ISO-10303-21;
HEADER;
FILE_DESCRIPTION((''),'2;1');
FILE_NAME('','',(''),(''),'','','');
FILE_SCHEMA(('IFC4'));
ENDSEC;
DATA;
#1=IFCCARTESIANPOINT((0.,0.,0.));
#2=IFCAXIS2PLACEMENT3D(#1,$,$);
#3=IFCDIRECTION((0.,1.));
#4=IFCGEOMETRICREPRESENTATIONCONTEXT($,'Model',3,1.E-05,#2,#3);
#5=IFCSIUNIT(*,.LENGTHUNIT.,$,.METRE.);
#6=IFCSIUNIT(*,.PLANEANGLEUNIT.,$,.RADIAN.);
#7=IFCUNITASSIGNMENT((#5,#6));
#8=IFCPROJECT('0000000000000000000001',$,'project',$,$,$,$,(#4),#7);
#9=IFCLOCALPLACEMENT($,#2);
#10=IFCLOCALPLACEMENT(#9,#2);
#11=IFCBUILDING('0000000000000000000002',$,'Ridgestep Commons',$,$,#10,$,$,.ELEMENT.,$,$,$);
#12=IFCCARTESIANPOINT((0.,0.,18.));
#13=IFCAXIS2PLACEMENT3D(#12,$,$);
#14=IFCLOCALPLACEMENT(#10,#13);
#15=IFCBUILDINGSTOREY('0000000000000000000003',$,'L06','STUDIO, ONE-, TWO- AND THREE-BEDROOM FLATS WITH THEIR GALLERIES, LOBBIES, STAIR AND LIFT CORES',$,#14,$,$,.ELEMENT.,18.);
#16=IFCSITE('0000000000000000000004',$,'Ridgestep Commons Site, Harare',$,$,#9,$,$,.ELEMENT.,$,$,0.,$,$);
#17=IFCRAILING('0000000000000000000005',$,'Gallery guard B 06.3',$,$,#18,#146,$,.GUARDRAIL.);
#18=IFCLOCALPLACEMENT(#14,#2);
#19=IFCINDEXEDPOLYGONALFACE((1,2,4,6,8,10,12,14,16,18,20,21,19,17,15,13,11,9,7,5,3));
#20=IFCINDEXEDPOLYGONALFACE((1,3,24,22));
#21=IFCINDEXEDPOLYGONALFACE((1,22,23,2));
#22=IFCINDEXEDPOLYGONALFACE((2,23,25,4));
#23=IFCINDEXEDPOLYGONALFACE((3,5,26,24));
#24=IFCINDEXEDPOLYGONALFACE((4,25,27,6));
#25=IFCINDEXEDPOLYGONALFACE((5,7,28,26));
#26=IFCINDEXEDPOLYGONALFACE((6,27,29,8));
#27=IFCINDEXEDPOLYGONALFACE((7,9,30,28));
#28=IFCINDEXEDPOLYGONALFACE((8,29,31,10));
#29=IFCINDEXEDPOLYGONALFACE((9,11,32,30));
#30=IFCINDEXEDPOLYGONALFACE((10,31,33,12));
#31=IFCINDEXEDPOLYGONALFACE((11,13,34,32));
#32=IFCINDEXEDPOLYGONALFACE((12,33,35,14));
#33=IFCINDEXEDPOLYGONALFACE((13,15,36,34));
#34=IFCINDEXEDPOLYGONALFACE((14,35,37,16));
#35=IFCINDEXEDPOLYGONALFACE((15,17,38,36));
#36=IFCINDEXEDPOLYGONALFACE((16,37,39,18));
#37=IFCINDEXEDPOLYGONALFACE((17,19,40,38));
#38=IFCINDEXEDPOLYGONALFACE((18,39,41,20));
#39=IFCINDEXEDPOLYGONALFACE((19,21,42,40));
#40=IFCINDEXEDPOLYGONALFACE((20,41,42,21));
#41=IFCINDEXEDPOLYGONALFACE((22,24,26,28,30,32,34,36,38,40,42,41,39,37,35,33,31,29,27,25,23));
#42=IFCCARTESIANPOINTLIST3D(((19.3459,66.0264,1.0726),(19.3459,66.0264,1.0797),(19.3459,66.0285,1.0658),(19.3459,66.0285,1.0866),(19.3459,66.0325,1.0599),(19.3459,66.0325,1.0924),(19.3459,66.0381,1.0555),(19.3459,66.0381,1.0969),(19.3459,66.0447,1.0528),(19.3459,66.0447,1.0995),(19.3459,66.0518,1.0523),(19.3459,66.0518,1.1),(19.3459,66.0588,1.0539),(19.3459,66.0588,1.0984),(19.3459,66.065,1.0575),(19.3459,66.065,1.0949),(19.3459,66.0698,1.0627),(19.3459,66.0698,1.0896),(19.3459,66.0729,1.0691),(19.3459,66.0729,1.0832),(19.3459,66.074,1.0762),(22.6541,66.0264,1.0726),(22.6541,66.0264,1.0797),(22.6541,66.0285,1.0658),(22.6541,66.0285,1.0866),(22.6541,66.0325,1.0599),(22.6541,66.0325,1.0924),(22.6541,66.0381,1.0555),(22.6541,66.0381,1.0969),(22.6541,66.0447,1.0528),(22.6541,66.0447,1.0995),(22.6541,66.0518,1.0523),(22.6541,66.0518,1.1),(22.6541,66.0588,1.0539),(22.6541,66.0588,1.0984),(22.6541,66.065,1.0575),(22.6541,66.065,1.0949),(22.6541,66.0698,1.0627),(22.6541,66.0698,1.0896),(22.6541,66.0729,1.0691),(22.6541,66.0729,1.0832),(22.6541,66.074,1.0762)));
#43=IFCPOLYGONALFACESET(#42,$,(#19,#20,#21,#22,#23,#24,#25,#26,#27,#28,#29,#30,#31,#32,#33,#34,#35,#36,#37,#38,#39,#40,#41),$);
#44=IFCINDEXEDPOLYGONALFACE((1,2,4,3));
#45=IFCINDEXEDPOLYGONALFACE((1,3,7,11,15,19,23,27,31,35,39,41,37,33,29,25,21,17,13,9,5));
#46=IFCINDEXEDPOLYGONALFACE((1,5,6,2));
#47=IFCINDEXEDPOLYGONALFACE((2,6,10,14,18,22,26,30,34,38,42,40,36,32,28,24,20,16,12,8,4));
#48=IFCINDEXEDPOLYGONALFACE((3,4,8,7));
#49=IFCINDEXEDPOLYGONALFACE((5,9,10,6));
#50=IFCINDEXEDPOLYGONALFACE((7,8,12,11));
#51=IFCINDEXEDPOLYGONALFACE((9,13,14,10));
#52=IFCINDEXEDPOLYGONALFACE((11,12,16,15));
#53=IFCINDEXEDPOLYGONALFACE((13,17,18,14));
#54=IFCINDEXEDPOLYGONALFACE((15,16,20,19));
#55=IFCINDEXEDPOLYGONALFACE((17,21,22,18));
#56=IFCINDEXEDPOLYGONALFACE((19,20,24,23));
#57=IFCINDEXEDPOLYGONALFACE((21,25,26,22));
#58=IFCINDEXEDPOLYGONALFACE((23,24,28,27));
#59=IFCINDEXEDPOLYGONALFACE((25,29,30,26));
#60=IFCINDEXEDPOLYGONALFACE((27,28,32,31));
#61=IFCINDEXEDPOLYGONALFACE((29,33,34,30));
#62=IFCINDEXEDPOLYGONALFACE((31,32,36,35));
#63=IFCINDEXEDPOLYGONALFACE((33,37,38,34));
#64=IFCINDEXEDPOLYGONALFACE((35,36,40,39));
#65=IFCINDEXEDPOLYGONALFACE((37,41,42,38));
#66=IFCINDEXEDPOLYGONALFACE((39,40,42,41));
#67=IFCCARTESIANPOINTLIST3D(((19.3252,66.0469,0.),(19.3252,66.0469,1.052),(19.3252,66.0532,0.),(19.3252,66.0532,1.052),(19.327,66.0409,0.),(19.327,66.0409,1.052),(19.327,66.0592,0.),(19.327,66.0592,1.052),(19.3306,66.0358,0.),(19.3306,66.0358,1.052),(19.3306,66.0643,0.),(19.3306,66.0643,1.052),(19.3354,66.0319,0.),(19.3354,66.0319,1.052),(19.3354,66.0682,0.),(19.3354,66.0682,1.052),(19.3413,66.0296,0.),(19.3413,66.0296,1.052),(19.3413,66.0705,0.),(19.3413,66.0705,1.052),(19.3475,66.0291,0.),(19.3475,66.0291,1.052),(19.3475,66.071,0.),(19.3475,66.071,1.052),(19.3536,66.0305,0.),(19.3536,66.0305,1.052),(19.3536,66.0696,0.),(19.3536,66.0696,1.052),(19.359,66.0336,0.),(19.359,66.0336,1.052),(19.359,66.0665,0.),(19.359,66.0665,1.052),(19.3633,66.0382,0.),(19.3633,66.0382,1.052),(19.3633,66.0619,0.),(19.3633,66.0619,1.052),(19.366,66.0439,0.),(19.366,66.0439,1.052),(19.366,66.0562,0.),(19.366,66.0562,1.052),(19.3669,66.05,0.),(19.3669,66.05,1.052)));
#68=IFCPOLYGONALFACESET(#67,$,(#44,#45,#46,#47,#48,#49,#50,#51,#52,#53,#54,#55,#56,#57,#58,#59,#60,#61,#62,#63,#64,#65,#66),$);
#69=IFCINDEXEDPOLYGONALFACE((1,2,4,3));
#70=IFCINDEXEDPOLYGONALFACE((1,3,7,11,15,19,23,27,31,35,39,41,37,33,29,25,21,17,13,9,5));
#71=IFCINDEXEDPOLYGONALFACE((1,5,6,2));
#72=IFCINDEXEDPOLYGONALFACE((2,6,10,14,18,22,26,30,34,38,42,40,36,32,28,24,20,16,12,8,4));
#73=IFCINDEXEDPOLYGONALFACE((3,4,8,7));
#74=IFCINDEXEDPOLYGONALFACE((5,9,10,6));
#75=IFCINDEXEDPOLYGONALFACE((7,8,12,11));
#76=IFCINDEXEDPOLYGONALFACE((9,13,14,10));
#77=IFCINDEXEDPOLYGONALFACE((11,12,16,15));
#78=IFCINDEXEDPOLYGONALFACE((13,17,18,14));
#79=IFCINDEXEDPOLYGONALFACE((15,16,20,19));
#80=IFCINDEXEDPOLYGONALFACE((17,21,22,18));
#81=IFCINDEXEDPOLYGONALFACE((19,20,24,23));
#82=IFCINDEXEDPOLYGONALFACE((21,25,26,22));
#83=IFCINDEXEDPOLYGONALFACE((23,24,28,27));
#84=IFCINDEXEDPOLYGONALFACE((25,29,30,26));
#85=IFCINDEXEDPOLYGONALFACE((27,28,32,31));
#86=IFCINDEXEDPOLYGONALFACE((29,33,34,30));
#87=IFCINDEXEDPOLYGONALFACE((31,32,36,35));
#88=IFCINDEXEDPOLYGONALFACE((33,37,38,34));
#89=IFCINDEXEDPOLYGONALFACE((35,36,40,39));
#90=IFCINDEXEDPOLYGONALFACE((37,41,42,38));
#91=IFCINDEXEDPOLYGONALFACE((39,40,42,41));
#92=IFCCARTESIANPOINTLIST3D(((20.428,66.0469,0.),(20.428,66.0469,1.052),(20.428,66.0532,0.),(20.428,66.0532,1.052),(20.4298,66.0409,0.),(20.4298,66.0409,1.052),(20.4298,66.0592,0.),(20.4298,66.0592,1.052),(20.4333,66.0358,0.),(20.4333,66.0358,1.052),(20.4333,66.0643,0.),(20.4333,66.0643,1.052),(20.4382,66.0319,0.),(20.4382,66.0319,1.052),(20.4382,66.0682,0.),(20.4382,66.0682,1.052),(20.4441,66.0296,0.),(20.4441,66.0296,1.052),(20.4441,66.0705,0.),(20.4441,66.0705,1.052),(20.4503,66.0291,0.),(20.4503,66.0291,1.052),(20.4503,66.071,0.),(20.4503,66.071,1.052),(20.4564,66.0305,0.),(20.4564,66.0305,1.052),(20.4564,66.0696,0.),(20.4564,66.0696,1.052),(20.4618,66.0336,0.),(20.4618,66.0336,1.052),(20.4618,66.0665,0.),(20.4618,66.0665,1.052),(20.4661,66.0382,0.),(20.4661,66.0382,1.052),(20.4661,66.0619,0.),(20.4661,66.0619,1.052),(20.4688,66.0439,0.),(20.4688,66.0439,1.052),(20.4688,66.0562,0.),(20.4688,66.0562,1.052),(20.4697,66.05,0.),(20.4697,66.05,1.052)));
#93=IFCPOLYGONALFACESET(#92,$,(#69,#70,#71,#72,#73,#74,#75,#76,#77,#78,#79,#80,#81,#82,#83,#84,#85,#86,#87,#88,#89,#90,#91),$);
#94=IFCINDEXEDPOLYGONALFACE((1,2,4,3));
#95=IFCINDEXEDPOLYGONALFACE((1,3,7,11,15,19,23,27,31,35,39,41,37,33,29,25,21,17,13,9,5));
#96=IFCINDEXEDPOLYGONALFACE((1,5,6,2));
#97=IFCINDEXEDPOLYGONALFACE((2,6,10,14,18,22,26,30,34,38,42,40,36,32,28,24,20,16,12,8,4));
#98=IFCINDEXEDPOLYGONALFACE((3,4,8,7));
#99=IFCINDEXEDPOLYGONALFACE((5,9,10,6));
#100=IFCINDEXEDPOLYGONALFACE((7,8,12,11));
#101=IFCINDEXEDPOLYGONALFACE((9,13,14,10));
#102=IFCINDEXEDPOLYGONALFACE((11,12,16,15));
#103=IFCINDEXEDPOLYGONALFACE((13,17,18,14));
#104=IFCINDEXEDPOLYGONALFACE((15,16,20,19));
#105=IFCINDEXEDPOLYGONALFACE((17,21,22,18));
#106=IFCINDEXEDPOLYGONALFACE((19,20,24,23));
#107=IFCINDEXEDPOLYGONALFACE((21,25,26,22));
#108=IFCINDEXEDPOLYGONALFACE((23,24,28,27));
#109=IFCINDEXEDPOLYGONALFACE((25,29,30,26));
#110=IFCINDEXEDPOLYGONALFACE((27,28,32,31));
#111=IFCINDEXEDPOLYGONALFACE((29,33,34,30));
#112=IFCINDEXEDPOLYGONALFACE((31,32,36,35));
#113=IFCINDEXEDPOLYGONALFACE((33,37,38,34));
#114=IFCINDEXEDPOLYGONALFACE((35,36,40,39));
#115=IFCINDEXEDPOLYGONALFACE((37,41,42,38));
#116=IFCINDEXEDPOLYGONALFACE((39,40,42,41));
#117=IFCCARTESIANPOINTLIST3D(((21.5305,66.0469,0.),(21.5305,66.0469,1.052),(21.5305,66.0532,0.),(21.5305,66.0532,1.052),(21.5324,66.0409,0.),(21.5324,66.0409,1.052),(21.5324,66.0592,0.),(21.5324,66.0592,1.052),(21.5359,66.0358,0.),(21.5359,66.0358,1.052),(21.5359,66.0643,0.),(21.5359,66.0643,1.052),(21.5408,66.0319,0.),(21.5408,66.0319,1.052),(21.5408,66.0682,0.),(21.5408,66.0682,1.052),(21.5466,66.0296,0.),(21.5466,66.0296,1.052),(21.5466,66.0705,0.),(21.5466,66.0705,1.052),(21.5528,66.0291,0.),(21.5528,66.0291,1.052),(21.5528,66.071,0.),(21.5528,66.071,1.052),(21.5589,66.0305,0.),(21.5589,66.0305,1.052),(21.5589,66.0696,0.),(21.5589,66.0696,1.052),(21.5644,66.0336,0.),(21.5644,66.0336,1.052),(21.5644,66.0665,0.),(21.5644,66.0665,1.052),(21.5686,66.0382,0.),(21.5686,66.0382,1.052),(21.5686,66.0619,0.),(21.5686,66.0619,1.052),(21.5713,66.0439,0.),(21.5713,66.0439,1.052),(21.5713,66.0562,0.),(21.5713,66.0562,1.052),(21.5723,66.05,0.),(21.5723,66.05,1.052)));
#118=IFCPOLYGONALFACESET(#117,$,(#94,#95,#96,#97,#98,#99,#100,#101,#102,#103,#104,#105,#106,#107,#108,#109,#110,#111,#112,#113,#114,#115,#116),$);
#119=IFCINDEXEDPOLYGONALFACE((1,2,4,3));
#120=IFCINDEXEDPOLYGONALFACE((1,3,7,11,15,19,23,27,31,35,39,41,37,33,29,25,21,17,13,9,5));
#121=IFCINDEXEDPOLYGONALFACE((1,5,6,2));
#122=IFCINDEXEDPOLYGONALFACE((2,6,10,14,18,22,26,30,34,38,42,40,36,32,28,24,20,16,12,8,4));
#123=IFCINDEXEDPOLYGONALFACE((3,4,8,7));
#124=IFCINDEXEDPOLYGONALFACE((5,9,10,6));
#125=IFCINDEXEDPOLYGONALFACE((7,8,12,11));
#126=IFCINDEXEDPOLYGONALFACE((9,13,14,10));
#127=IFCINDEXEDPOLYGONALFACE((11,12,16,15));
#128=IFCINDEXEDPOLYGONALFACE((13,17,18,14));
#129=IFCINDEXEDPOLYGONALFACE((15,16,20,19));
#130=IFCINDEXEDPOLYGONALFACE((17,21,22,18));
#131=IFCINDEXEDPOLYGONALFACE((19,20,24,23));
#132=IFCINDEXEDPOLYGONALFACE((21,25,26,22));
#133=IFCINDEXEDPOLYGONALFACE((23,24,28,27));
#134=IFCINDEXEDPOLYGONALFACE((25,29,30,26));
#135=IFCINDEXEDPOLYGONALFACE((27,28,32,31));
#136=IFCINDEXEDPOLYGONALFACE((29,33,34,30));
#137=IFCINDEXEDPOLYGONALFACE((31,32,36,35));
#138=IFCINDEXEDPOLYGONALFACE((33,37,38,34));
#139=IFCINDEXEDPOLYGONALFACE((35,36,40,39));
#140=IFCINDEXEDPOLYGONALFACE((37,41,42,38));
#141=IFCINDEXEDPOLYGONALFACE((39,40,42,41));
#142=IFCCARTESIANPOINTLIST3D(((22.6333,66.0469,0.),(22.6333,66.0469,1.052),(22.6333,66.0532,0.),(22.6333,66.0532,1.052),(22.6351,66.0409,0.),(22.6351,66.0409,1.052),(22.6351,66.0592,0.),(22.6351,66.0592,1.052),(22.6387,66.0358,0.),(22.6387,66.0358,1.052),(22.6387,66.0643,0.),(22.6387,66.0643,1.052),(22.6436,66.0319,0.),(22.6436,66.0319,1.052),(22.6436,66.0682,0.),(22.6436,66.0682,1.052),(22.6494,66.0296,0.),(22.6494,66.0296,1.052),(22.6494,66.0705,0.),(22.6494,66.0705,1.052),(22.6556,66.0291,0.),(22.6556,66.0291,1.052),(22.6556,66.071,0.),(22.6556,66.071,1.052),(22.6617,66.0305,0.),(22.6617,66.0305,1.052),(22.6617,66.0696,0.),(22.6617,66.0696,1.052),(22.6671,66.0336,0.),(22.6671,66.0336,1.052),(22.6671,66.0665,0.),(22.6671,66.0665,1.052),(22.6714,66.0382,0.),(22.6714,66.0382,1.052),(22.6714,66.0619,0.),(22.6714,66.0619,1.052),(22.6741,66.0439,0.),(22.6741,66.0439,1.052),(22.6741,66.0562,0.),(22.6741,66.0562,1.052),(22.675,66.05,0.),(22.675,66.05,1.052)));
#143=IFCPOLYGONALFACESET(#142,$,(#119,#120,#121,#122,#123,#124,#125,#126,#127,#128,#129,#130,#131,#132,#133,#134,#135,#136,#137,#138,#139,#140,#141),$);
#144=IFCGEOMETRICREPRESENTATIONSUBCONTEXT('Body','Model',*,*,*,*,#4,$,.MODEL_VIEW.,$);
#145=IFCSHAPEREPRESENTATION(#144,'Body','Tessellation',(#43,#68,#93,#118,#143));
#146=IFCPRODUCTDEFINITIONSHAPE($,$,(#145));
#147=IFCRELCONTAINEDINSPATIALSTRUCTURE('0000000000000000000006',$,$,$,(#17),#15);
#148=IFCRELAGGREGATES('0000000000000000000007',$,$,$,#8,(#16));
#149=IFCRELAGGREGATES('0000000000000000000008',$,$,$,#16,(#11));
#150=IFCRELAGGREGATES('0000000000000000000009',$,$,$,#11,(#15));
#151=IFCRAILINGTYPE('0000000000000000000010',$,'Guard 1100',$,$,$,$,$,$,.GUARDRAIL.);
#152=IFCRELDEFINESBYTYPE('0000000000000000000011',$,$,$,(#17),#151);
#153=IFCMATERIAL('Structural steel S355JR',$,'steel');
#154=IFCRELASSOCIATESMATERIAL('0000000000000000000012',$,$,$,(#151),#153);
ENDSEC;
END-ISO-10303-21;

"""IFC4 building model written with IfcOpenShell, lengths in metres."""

from ifc_helpers import new_model, si_unit, direction, frame, origin, origin_2d, place, context, subcontext, project, spatial, circle, extrude, material, type_object, element, save


model = new_model("IFC4")

# Units and contexts
model_context = context("Model", 3, precision=1e-05, world=origin(), true_north=direction((0.0, 1.0)))
body_context = subcontext(model_context, "Body", "Model", "MODEL_VIEW")
ifc_project = project(units=[si_unit("LENGTHUNIT", "METRE"), si_unit("PLANEANGLEUNIT", "RADIAN")], contexts=[model_context])

# Site, building, storey
site_placement = place(None, origin())
site = spatial("IfcSite", under=ifc_project, at=site_placement, Name="Ridgestep Commons Site, Harare", CompositionType="ELEMENT", RefElevation=0.0)
building_placement = place(site_placement, origin())
building = spatial("IfcBuilding", under=site, at=building_placement, Name="Ridgestep Commons", CompositionType="ELEMENT")
storey_placement = place(building_placement, frame((0.0, 0.0, 18.0)))
storey = spatial("IfcBuildingStorey", under=building, at=storey_placement, Name="L06", Description="STUDIO, ONE-, TWO- AND THREE-BEDROOM FLATS WITH THEIR GALLERIES, LOBBIES, STAIR AND LIFT CORES", CompositionType="ELEMENT", Elevation=18.0)

# Railing
ifc_material_1 = material(Name="Structural steel S355JR", Category="steel")
railing_type = type_object("IfcRailingType", Name="Guard 1100", PredefinedType="GUARDRAIL", material=ifc_material_1)
railing_1_placement = place(storey_placement, frame((19.3459, 66.05, 0.0)))
element("IfcRailing", 1, at=railing_1_placement, inside=storey, type_object=railing_type, Name="Gallery guard B 06.3", PredefinedType="GUARDRAIL", context=body_context, shape_type="SweptSolid", body=[
    extrude(circle(Radius=0.0239, at=origin_2d()), frame((0.0, 0.0, 1.0762), z_axis=(1.0, 0.0, 0.0), x_axis=(0.0, 1.0, 0.0)), (0.0, 0.0, 1.0), 3.3081),
    extrude(circle(Radius=0.021, at=origin_2d()), origin(), (0.0, 0.0, 1.0), 1.052),
    extrude(circle(Radius=0.021, at=origin_2d()), frame((1.1028, 0.0, 0.0)), (0.0, 0.0, 1.0), 1.052),
    extrude(circle(Radius=0.021, at=origin_2d()), frame((2.2053, 0.0, 0.0)), (0.0, 0.0, 1.0), 1.052),
    extrude(circle(Radius=0.021, at=origin_2d()), frame((3.3081, 0.0, 0.0)), (0.0, 0.0, 1.0), 1.052),
])

save(model, "model.ifc")
